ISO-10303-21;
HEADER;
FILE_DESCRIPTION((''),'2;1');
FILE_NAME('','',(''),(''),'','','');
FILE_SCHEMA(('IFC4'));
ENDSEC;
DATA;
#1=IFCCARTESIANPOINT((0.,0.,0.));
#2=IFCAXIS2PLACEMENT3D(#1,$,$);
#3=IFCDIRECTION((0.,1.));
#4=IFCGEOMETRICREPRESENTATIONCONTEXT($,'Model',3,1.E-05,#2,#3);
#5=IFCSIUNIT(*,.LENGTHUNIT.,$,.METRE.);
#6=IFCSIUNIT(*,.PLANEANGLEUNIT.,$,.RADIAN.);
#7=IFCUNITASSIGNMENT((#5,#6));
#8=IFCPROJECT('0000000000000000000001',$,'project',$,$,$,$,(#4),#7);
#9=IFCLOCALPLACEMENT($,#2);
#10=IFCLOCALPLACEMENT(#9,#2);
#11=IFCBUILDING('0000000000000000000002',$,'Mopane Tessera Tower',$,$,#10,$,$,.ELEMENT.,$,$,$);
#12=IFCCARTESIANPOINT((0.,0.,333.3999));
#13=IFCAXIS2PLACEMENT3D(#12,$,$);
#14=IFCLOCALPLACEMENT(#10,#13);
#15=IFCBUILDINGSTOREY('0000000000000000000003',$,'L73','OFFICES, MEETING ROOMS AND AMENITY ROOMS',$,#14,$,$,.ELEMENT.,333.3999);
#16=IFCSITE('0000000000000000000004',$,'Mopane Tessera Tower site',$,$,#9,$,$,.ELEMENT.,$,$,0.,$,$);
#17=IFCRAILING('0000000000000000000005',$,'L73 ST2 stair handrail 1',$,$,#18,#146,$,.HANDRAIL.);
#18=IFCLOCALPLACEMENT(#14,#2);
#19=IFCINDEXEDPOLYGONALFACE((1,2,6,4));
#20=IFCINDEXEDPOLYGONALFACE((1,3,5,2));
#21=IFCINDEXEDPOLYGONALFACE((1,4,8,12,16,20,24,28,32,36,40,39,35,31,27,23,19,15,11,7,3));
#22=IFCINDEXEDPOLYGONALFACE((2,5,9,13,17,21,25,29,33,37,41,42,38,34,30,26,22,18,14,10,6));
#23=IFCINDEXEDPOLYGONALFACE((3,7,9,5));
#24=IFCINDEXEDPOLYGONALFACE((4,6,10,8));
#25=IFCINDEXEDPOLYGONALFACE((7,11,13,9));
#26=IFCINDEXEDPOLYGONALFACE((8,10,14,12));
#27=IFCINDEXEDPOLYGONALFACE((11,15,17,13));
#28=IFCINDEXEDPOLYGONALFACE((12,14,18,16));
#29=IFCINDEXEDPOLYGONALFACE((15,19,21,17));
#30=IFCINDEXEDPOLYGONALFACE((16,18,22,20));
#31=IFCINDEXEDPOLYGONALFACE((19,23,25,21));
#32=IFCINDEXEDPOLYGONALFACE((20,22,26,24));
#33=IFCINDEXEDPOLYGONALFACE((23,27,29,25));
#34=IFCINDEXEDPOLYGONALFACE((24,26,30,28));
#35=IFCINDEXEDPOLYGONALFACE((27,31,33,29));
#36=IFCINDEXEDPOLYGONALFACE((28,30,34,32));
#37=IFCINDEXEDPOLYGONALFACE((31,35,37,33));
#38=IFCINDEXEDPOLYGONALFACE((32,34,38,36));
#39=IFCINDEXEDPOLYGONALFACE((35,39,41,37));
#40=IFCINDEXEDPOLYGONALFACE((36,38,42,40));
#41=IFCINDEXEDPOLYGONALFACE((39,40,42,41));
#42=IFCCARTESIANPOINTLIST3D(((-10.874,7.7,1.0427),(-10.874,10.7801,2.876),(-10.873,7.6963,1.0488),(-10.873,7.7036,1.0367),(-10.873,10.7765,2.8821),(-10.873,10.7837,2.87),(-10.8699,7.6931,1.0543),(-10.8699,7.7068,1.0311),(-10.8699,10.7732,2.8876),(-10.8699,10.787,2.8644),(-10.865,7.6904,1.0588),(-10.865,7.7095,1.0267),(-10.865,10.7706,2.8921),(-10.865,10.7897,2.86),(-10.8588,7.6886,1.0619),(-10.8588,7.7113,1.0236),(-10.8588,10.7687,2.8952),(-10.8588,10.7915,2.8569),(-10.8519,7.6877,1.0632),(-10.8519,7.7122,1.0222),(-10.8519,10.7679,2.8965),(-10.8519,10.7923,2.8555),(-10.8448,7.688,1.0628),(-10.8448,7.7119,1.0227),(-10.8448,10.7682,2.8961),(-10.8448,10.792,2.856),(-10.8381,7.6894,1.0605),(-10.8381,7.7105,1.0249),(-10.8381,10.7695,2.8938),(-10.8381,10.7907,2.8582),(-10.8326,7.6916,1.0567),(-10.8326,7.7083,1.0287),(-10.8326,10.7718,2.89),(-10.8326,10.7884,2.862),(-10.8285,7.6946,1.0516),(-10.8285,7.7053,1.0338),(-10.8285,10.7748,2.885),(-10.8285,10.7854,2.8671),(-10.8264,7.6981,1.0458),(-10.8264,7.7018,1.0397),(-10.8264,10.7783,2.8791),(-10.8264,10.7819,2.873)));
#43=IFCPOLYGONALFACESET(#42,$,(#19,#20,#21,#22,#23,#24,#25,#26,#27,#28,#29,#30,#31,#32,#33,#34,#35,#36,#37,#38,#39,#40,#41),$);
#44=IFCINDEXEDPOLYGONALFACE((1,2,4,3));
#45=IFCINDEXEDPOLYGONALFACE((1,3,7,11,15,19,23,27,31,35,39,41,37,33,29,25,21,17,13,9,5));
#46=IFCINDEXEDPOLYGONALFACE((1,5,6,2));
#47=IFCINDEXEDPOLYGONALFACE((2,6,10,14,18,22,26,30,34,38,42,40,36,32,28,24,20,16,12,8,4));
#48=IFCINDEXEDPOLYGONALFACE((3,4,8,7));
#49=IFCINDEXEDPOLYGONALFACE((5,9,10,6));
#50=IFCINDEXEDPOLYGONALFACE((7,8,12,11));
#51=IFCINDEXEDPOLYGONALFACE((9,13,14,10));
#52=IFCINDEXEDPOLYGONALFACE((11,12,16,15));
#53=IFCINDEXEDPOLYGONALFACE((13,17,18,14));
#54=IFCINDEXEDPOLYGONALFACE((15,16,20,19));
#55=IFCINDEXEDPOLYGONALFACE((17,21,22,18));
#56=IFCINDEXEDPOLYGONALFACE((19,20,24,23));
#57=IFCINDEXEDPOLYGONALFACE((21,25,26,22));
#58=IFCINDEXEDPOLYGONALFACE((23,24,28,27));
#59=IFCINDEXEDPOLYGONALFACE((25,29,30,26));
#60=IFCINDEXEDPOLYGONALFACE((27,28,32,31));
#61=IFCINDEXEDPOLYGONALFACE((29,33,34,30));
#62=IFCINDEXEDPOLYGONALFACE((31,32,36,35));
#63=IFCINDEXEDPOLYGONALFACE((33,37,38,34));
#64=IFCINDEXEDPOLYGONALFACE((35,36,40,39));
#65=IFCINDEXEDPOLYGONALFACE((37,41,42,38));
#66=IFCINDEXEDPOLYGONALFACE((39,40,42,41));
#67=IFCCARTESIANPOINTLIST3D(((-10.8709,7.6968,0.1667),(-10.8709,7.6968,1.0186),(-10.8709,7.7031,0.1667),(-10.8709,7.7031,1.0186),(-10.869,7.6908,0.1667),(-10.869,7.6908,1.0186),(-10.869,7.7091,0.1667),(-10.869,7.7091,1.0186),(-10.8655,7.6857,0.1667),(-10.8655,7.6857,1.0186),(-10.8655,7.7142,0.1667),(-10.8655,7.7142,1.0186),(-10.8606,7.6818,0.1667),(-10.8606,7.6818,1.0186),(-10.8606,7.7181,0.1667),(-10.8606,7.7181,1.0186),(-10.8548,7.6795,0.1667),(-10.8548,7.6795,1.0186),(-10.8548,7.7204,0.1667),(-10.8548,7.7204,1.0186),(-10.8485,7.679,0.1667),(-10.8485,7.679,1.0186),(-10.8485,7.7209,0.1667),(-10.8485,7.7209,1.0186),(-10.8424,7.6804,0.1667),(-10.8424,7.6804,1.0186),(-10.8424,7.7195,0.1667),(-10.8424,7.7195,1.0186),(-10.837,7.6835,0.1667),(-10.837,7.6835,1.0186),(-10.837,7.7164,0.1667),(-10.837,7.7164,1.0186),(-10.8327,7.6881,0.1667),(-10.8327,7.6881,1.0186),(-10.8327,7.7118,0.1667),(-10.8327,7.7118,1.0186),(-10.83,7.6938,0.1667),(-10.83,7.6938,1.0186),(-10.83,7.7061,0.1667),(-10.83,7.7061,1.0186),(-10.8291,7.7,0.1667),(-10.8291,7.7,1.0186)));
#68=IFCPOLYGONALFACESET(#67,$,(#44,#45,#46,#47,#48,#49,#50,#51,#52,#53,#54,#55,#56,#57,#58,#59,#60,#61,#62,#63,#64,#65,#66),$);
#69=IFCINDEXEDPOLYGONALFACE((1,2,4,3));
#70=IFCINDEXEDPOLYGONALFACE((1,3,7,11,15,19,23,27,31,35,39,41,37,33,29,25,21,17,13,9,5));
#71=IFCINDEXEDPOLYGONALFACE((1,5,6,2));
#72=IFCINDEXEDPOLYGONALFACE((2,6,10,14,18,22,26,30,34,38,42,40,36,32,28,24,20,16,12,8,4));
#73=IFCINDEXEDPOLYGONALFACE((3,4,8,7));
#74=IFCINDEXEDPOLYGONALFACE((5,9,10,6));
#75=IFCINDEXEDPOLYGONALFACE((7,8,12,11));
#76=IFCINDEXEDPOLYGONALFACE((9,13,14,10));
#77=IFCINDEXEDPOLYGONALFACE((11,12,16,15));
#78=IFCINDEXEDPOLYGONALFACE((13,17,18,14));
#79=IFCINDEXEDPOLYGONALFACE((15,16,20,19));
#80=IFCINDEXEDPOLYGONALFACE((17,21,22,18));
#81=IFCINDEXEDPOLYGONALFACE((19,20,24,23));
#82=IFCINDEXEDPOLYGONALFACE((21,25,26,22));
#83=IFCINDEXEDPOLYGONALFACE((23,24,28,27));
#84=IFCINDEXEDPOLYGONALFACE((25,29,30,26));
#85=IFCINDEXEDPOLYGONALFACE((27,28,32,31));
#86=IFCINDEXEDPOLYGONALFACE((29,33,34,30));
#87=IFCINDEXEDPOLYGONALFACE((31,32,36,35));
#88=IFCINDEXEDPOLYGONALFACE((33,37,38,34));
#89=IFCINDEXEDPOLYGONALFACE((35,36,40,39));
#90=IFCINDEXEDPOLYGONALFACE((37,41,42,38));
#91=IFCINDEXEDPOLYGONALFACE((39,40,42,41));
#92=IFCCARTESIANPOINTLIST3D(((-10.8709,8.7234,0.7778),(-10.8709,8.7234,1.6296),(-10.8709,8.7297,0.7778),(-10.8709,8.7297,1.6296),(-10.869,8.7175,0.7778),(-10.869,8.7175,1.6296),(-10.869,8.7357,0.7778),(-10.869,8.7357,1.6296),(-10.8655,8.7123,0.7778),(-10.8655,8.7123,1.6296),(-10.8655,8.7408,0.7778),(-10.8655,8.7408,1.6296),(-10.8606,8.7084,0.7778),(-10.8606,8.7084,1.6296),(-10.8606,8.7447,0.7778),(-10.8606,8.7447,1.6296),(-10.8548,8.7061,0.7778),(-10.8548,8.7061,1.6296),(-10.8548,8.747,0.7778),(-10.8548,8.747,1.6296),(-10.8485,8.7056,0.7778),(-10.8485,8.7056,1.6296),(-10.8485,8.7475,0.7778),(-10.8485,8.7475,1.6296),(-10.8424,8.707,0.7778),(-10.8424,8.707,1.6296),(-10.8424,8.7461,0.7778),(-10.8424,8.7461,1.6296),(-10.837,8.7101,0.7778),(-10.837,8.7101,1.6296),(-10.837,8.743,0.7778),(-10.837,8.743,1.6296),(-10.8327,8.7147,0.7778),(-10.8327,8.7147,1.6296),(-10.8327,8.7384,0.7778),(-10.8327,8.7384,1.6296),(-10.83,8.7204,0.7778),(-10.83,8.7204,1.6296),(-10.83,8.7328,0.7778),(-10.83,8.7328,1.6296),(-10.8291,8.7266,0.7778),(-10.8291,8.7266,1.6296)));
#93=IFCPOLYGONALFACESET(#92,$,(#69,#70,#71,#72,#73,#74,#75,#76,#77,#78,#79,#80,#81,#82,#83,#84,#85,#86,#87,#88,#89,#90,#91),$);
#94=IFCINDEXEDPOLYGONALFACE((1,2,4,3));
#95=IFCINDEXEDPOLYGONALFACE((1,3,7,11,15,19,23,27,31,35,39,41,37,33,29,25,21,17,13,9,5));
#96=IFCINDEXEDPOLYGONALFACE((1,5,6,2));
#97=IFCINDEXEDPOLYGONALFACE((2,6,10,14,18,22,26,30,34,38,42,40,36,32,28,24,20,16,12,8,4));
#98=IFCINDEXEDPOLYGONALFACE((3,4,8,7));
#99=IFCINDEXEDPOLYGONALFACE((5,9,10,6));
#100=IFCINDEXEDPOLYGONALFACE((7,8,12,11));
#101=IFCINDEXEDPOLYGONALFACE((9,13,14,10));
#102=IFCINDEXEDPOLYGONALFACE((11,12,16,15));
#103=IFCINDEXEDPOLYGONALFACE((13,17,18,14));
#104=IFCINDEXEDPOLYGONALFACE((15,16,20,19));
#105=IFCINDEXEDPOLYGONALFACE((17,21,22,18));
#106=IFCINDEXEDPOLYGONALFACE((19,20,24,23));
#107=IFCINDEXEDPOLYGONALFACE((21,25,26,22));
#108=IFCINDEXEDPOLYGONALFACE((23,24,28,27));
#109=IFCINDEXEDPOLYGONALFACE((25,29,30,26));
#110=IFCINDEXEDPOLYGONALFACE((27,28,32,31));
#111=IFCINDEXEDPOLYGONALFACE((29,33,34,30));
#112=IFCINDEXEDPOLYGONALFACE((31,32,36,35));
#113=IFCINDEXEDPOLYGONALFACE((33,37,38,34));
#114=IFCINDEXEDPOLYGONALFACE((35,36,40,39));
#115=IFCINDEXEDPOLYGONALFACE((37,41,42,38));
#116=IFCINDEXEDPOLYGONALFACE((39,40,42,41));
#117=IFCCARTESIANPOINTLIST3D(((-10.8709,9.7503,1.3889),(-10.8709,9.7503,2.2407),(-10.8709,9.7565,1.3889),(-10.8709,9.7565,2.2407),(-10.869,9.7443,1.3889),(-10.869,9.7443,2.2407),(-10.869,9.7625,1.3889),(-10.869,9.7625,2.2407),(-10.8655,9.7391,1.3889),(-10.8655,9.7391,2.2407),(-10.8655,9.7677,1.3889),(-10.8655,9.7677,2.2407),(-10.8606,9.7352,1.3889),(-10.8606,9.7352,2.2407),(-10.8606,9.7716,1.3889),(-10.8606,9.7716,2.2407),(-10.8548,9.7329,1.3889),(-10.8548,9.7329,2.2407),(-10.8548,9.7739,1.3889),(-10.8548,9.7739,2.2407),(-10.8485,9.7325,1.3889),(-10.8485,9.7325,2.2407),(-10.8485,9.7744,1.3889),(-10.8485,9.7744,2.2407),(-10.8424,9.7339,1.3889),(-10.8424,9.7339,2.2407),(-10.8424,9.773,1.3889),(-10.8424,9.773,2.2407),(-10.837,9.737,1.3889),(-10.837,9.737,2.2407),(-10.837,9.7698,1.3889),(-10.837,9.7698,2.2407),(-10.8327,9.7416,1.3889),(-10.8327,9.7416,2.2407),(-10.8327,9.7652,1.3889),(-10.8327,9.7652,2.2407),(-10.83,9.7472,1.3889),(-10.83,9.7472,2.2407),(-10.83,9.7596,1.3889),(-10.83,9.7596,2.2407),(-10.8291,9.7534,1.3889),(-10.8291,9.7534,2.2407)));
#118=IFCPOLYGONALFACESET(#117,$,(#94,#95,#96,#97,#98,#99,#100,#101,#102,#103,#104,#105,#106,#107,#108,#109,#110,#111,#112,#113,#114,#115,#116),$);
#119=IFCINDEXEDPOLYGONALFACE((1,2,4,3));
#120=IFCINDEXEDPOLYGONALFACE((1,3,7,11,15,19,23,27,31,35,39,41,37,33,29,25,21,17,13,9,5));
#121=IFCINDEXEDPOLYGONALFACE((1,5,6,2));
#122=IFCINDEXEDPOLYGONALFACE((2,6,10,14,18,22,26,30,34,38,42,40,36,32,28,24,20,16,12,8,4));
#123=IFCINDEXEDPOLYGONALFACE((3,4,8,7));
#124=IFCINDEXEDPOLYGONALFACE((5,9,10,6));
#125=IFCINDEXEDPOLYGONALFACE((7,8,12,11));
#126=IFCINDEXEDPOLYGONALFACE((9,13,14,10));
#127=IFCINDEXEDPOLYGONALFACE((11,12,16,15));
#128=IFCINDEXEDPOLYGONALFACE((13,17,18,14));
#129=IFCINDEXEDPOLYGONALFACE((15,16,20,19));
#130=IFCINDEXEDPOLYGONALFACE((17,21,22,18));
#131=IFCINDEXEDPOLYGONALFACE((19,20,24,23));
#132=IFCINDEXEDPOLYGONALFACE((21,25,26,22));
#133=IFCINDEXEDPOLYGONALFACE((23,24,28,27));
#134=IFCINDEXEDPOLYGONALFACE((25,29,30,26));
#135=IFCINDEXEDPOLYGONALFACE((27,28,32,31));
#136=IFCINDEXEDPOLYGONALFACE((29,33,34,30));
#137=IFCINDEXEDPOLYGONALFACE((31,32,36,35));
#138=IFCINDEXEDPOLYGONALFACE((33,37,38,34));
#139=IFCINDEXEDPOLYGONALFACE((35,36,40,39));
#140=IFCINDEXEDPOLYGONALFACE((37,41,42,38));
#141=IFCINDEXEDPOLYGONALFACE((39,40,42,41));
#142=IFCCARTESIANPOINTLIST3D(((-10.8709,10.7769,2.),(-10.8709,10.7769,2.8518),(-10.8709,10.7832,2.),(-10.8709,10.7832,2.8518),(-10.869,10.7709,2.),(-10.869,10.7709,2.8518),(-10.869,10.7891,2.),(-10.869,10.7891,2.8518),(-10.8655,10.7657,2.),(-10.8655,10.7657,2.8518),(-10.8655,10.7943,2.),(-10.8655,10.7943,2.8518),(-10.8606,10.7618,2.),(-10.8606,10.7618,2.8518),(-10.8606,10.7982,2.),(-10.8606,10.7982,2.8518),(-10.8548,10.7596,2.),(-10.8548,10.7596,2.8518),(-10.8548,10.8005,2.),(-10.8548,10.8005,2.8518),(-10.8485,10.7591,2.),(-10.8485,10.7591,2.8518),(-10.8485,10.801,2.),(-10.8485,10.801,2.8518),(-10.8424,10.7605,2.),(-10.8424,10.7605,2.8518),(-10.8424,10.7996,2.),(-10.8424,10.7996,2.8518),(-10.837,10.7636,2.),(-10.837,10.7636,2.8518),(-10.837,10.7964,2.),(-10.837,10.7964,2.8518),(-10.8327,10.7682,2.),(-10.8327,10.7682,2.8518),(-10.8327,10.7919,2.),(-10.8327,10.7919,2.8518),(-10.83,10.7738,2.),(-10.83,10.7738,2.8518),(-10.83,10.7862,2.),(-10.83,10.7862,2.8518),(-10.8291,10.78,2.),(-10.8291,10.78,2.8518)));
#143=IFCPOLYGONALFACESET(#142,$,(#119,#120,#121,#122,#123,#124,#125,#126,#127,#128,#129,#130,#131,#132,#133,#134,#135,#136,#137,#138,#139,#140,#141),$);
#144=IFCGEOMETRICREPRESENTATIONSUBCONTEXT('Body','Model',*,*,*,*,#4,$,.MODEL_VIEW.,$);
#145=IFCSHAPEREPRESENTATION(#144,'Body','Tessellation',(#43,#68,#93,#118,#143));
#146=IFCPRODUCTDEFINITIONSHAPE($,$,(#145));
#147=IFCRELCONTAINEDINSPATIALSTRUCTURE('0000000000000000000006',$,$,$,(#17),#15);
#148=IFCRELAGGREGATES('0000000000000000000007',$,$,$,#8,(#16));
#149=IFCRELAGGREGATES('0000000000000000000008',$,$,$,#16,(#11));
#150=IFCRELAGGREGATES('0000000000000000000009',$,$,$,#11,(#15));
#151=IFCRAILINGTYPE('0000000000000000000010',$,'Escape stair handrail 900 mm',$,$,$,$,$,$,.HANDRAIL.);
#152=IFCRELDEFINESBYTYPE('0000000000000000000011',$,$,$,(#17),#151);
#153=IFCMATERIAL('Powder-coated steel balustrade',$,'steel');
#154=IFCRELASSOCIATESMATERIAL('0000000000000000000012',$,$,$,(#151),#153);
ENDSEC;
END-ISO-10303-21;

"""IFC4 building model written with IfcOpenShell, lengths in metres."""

from ifc_helpers import new_model, si_unit, direction, frame, origin, origin_2d, place, context, subcontext, project, spatial, circle, extrude, material, type_object, element, save


model = new_model("IFC4")

# Units and contexts
model_context = context("Model", 3, precision=1e-05, world=origin(), true_north=direction((0.0, 1.0)))
body_context = subcontext(model_context, "Body", "Model", "MODEL_VIEW")
ifc_project = project(units=[si_unit("LENGTHUNIT", "METRE"), si_unit("PLANEANGLEUNIT", "RADIAN")], contexts=[model_context])

# Site, building, storey
site_placement = place(None, origin())
site = spatial("IfcSite", under=ifc_project, at=site_placement, Name="Mopane Tessera Tower site", CompositionType="ELEMENT", RefElevation=0.0)
building_placement = place(site_placement, origin())
building = spatial("IfcBuilding", under=site, at=building_placement, Name="Mopane Tessera Tower", CompositionType="ELEMENT")
storey_placement = place(building_placement, frame((0.0, 0.0, 333.3999)))
storey = spatial("IfcBuildingStorey", under=building, at=storey_placement, Name="L73", Description="OFFICES, MEETING ROOMS AND AMENITY ROOMS", CompositionType="ELEMENT", Elevation=333.3999)

# Railing
ifc_material_1 = material(Name="Powder-coated steel balustrade", Category="steel")
railing_type_1 = type_object("IfcRailingType", Name="Escape stair handrail 900 mm", PredefinedType="HANDRAIL", material=ifc_material_1)
railing_1_placement = place(storey_placement, frame((-10.8501, 7.7, 0.1667)))
element("IfcRailing", 1, at=railing_1_placement, inside=storey, type_object=railing_type_1, Name="L73 ST2 stair handrail 1", PredefinedType="HANDRAIL", context=body_context, shape_type="SweptSolid", body=[
    extrude(circle(Radius=0.0239, at=origin_2d()), frame((0.0, 0.0, 0.876), z_axis=(0.0, 0.859309, 0.511458), x_axis=(-1.0, 0.0, 0.0)), (0.0, 0.0, 1.0), 3.5845),
    extrude(circle(Radius=0.021, at=origin_2d()), origin(), (0.0, 0.0, 1.0), 0.8518),
    extrude(circle(Radius=0.021, at=origin_2d()), frame((0.0, 1.0266, 0.6111)), (0.0, 0.0, 1.0), 0.8518),
    extrude(circle(Radius=0.021, at=origin_2d()), frame((0.0, 2.0535, 1.2222)), (0.0, 0.0, 1.0), 0.8518),
    extrude(circle(Radius=0.021, at=origin_2d()), frame((0.0, 3.0801, 1.8333)), (0.0, 0.0, 1.0), 0.8518),
])

save(model, "model.ifc")
